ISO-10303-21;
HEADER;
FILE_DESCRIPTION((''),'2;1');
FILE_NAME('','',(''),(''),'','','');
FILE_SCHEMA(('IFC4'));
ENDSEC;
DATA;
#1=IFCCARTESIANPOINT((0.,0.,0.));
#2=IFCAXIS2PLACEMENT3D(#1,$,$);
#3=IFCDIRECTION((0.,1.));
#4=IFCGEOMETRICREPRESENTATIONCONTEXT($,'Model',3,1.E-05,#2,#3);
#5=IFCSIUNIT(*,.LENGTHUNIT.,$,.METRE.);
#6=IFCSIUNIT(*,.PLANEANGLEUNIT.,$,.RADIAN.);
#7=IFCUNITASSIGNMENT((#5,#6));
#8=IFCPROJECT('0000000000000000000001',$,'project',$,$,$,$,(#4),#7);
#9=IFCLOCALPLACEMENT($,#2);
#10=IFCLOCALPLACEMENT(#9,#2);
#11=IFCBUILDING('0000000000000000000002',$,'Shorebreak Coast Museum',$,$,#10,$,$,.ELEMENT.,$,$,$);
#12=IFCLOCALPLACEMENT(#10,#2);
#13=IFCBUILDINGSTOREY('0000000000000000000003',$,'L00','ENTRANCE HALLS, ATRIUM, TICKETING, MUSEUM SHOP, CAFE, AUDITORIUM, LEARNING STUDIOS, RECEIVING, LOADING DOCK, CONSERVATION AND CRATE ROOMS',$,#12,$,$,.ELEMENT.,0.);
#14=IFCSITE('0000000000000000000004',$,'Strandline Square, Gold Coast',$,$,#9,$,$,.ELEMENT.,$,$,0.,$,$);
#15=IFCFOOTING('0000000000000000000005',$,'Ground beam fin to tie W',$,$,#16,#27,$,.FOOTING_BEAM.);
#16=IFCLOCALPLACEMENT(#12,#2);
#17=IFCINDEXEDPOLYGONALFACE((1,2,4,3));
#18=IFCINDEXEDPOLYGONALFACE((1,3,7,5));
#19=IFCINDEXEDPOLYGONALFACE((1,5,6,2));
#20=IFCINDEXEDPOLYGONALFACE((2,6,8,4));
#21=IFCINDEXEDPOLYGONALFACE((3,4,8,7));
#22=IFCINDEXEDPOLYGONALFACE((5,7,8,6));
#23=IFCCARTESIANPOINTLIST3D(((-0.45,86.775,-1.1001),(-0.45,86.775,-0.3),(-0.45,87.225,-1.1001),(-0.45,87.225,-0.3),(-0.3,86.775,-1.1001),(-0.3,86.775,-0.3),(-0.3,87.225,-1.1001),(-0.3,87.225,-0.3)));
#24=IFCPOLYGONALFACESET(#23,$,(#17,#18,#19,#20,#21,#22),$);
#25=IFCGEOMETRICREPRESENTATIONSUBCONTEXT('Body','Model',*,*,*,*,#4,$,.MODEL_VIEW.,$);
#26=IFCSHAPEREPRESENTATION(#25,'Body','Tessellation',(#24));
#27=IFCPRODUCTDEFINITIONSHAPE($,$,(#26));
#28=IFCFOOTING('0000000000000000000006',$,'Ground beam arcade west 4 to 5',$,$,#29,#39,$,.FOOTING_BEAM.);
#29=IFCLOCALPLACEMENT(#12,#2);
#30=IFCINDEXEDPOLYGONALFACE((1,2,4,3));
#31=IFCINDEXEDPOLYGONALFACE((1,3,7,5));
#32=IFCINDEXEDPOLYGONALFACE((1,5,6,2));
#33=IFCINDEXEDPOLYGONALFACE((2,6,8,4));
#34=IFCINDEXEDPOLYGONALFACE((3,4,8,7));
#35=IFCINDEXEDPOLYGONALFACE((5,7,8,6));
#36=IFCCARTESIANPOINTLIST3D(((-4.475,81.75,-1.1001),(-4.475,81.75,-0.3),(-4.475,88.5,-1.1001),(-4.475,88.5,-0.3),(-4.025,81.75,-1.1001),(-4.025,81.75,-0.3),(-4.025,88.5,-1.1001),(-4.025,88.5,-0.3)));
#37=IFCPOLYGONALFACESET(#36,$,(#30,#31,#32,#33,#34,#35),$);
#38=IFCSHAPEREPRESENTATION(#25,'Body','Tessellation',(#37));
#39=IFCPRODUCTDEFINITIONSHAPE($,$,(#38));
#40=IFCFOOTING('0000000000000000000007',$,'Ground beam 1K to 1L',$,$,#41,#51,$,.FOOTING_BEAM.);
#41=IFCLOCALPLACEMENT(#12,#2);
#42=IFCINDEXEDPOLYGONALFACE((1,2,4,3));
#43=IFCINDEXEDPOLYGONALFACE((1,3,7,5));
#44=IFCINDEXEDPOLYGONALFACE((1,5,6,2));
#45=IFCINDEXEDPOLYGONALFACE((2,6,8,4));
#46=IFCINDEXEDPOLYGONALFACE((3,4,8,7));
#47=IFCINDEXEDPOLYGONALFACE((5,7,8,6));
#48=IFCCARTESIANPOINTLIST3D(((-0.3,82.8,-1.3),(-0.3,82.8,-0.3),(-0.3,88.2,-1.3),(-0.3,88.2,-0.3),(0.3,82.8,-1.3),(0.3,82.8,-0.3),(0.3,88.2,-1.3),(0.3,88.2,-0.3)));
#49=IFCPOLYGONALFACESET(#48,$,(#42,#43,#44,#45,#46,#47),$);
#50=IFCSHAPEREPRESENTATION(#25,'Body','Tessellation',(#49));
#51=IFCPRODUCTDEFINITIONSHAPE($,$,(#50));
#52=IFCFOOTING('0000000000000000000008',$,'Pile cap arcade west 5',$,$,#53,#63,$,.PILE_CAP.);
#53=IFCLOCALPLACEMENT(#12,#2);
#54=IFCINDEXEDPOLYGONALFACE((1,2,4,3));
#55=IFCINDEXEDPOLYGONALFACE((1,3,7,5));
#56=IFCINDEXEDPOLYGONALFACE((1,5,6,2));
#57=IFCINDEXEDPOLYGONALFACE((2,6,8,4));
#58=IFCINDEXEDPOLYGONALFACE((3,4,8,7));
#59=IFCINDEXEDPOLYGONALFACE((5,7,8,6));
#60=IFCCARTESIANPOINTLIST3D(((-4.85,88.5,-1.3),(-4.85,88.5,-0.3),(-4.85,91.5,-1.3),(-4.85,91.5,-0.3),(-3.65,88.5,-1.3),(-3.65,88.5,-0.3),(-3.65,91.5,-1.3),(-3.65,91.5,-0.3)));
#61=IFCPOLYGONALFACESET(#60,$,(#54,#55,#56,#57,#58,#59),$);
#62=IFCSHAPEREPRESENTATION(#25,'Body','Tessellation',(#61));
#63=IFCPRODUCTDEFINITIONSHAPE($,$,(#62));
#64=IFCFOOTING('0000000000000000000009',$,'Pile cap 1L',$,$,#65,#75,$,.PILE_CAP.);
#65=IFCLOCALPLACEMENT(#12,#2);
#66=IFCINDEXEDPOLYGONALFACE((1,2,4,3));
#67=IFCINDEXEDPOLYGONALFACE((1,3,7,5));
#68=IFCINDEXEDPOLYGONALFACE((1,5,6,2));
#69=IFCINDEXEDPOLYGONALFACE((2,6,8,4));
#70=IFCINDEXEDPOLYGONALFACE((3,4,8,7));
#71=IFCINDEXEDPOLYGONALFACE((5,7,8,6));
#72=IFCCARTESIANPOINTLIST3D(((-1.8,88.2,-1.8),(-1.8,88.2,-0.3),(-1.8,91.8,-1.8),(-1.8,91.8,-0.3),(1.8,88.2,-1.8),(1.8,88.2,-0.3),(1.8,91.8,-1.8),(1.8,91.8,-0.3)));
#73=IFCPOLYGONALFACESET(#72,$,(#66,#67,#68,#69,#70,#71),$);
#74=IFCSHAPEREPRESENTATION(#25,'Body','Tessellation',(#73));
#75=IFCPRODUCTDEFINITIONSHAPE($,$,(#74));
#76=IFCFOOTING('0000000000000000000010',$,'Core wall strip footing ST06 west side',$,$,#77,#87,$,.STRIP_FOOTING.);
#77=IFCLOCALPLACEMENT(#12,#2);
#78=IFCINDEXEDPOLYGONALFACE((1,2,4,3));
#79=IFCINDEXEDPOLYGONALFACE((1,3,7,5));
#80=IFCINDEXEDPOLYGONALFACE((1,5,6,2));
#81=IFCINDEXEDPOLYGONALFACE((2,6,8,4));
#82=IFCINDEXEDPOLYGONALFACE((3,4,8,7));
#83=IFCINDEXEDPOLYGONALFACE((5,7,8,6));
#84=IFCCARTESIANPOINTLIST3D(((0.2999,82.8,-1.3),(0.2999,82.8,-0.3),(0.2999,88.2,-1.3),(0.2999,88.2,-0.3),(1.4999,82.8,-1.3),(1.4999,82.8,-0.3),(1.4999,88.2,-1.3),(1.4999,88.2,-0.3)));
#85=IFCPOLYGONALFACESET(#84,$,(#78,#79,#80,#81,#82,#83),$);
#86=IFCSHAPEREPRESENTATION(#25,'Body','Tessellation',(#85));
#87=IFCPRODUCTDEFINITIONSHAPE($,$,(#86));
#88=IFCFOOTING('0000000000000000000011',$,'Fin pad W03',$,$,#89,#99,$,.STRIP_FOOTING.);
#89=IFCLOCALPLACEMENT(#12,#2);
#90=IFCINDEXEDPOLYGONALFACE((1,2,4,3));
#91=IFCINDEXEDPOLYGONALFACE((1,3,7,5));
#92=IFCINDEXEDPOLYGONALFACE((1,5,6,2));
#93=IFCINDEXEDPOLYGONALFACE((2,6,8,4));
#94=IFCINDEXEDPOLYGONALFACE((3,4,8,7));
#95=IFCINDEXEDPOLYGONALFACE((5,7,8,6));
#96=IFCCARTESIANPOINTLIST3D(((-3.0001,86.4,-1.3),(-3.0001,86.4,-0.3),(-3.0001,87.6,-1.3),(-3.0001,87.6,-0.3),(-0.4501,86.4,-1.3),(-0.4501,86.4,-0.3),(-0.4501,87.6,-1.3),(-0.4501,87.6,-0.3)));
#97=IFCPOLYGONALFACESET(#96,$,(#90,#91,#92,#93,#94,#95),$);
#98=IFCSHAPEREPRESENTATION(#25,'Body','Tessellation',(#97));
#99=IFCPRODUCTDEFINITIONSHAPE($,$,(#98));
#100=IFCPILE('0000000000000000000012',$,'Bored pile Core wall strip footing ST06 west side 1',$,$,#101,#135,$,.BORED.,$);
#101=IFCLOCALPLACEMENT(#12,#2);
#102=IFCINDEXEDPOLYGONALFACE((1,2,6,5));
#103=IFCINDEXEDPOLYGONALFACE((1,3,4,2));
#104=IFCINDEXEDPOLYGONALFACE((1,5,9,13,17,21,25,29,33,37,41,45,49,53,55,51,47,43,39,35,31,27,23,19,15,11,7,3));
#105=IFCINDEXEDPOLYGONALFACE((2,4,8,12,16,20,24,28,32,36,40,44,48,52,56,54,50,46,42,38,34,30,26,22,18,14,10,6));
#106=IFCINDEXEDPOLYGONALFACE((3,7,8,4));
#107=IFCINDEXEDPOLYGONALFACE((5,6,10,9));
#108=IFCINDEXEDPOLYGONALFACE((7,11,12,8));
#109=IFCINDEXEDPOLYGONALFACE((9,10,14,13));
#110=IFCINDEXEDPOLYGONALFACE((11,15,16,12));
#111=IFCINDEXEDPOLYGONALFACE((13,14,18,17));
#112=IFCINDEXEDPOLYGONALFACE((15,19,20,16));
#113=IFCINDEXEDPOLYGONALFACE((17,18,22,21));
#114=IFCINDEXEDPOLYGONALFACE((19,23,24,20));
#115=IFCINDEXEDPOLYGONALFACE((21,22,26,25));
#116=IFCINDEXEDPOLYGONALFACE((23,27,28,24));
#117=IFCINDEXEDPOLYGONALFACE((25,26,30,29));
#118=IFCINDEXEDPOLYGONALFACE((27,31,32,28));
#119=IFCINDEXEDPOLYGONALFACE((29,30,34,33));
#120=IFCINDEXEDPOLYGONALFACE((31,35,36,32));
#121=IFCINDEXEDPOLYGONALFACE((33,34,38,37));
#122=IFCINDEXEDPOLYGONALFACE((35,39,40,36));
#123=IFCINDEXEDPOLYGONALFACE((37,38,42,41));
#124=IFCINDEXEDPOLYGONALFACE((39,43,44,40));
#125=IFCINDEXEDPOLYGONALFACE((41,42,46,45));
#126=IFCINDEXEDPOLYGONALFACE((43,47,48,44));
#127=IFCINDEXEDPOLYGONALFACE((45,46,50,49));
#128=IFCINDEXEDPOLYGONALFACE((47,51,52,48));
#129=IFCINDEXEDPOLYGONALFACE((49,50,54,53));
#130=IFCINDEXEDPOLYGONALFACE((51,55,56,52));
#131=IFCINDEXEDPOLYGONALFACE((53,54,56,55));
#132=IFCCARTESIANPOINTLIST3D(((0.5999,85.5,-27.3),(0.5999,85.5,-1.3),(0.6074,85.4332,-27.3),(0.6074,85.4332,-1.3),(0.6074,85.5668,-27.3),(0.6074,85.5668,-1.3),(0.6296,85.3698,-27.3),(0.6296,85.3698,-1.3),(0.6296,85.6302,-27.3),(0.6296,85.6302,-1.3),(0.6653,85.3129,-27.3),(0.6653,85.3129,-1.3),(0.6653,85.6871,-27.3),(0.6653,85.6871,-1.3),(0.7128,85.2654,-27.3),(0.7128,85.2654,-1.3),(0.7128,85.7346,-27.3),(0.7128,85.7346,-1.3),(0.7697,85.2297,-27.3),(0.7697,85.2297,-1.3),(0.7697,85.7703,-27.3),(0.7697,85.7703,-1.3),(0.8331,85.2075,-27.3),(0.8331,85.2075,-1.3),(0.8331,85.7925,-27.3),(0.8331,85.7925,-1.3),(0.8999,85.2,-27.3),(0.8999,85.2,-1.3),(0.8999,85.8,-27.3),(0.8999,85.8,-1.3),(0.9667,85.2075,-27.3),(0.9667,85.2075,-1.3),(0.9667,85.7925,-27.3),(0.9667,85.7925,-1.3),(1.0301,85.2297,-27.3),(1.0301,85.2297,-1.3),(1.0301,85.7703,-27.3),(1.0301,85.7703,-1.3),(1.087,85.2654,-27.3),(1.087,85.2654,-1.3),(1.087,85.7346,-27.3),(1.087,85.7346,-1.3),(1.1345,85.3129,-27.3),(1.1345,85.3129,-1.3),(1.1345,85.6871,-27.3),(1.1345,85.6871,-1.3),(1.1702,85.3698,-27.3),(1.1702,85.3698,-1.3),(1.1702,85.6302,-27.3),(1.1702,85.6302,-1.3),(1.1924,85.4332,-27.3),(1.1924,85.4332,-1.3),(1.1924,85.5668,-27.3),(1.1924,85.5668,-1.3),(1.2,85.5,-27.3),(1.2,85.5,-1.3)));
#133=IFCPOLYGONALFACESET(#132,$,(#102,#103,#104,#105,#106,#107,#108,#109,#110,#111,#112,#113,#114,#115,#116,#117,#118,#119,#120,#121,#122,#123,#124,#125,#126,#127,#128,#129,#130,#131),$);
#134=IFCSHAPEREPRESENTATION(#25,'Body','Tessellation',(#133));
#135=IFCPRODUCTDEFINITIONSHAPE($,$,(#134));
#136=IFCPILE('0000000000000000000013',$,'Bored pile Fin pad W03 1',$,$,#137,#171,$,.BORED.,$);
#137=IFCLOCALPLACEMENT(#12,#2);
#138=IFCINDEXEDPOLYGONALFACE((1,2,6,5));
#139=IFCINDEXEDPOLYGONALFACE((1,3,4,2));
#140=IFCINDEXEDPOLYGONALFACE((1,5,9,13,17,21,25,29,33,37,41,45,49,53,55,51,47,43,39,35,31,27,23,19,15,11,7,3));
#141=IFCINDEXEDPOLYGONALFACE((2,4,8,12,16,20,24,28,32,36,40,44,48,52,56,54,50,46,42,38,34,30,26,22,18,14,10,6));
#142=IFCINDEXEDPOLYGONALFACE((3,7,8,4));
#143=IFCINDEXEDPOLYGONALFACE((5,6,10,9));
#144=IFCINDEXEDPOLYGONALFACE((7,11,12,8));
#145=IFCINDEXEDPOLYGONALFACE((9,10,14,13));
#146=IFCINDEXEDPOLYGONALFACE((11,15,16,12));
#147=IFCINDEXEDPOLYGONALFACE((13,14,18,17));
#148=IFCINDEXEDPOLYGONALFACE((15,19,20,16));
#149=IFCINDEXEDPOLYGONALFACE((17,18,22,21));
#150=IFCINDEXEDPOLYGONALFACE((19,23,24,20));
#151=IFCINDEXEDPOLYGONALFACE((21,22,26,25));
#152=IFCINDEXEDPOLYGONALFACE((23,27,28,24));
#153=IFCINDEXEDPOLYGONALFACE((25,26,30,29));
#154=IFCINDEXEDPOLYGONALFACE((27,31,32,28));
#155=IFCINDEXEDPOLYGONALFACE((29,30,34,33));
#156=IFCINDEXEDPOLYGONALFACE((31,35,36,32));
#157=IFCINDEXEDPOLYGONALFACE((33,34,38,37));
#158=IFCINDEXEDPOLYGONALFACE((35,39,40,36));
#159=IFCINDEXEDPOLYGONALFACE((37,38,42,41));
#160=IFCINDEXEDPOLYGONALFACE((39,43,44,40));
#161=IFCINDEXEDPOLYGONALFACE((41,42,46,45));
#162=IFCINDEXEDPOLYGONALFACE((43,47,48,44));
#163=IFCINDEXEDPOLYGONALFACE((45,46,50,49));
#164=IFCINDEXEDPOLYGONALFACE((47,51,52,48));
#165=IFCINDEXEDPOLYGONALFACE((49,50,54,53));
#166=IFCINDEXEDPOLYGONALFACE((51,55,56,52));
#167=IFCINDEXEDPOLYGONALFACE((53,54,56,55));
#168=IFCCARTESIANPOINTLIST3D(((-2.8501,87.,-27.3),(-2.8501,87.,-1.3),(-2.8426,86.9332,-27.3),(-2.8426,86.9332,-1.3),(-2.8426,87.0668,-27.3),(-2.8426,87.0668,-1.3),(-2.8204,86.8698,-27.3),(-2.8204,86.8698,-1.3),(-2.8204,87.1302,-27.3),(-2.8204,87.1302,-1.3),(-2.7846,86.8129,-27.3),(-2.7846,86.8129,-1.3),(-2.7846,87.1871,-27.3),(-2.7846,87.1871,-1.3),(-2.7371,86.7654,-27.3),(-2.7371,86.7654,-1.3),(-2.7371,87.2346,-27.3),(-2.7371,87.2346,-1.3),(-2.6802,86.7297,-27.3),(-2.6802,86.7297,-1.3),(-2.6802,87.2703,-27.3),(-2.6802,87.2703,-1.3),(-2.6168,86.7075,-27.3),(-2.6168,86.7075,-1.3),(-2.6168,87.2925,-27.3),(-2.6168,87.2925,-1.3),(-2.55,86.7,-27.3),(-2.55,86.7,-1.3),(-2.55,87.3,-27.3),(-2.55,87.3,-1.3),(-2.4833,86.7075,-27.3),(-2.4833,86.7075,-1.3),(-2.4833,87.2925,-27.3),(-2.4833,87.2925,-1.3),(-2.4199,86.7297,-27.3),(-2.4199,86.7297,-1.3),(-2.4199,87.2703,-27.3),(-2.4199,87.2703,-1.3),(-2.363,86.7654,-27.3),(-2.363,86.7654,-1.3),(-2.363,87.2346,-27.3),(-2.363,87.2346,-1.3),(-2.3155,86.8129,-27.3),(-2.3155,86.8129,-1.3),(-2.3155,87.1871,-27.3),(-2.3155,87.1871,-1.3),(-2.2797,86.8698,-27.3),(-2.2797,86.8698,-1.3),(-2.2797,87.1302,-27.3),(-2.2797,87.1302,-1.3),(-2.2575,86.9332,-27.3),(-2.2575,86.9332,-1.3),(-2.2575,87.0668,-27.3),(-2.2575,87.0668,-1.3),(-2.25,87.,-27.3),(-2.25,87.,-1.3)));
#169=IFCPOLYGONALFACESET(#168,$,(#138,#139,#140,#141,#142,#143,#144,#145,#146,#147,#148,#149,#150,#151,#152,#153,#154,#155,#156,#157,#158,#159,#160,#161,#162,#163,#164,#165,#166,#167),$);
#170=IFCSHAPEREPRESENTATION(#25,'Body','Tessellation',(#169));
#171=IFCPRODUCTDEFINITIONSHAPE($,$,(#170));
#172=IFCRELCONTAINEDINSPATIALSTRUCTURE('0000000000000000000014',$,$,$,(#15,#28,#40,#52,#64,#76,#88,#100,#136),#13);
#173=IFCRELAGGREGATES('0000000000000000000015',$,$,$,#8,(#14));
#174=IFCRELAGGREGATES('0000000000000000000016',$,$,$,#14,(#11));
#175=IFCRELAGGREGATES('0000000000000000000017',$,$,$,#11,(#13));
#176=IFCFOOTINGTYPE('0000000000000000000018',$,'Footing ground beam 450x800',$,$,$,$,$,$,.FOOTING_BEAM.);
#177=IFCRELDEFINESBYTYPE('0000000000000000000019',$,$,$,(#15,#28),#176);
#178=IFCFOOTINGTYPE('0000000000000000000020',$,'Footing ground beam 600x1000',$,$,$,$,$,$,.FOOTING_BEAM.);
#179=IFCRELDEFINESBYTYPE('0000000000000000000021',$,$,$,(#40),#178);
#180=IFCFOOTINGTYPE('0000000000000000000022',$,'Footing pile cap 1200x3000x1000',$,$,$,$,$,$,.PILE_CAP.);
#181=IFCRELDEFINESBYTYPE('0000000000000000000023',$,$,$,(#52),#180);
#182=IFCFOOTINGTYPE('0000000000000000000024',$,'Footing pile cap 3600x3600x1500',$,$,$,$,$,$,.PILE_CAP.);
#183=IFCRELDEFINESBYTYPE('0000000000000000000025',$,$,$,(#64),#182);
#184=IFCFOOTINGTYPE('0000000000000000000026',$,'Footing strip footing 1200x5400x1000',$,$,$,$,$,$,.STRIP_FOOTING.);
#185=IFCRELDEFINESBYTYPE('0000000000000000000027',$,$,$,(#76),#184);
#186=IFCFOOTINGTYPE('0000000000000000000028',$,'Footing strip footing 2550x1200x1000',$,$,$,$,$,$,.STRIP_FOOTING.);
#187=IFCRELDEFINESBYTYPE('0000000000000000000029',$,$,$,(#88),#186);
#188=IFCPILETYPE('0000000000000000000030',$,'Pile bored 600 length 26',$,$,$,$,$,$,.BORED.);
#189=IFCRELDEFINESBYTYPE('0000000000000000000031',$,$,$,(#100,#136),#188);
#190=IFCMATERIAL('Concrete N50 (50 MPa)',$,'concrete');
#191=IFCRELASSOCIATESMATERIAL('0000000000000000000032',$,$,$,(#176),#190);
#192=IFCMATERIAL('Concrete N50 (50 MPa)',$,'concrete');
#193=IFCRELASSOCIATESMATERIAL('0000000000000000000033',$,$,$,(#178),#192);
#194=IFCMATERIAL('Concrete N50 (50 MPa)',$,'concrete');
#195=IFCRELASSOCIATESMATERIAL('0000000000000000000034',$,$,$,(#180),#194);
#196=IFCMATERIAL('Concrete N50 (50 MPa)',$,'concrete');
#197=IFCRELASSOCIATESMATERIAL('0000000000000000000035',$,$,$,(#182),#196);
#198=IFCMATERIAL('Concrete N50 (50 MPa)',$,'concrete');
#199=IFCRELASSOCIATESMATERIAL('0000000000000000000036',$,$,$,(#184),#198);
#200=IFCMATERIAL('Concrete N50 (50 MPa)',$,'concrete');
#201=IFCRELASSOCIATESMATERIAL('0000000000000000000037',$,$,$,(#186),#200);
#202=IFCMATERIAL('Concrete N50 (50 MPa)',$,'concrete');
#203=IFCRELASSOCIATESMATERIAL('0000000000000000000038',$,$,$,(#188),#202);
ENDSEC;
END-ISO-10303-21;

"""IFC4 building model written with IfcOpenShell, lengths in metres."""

from ifc_helpers import new_model, si_unit, direction, frame, origin, origin_2d, place, context, subcontext, project, spatial, rectangle, circle, extrude, material, material_profile, profile_set, type_object, element, save


model = new_model("IFC4")

# Units and contexts
model_context = context("Model", 3, precision=1e-05, world=origin(), true_north=direction((0.0, 1.0)))
body_context = subcontext(model_context, "Body", "Model", "MODEL_VIEW")
ifc_project = project(units=[si_unit("LENGTHUNIT", "METRE"), si_unit("PLANEANGLEUNIT", "RADIAN")], contexts=[model_context])

# Site, building, storey
site_placement = place(None, origin())
site = spatial("IfcSite", under=ifc_project, at=site_placement, Name="Strandline Square, Gold Coast", CompositionType="ELEMENT", RefElevation=0.0)
building_placement = place(site_placement, origin())
building = spatial("IfcBuilding", under=site, at=building_placement, Name="Shorebreak Coast Museum", CompositionType="ELEMENT")
storey_placement = place(building_placement, origin())
storey = spatial("IfcBuildingStorey", under=building, at=storey_placement, Name="L00", Description="ENTRANCE HALLS, ATRIUM, TICKETING, MUSEUM SHOP, CAFE, AUDITORIUM, LEARNING STUDIOS, RECEIVING, LOADING DOCK, CONSERVATION AND CRATE ROOMS", CompositionType="ELEMENT", Elevation=0.0)

# Footings
ifc_material_1 = material(Name="Concrete N50 (50 MPa)", Category="concrete")
footing_type_1 = type_object("IfcFootingType", Name="Footing ground beam 450x800", PredefinedType="FOOTING_BEAM", material=ifc_material_1)
footing_1_placement = place(storey_placement, frame((-0.375, 87.0, -1.1001), z_axis=(0.0, 0.0, 1.0), x_axis=(1.0, 0.0, 0.0)))
element("IfcFooting", 1, at=footing_1_placement, inside=storey, type_object=footing_type_1, Name="Ground beam fin to tie W", PredefinedType="FOOTING_BEAM", context=body_context, shape_type="SweptSolid", body=[
    extrude(rectangle(XDim=0.1499, YDim=0.45, at=origin_2d()), origin(), (0.0, 0.0, 1.0), 0.8),
])
footing_2_placement = place(storey_placement, frame((-4.25, 85.125, -1.1001), z_axis=(0.0, 0.0, 1.0), x_axis=(1.0, 0.0, 0.0)))
element("IfcFooting", 2, at=footing_2_placement, inside=storey, type_object=footing_type_1, Name="Ground beam arcade west 4 to 5", PredefinedType="FOOTING_BEAM", context=body_context, shape_type="SweptSolid", body=[
    extrude(rectangle(XDim=0.45, YDim=6.75, at=origin_2d()), origin(), (0.0, 0.0, 1.0), 0.8),
])
ifc_material_2 = material(Name="Concrete N50 (50 MPa)", Category="concrete")
footing_type_2 = type_object("IfcFootingType", Name="Footing ground beam 600x1000", PredefinedType="FOOTING_BEAM", material=ifc_material_2)
footing_3_placement = place(storey_placement, frame((0.0, 85.5, -1.3), z_axis=(0.0, 0.0, 1.0), x_axis=(1.0, 0.0, 0.0)))
element("IfcFooting", 3, at=footing_3_placement, inside=storey, type_object=footing_type_2, Name="Ground beam 1K to 1L", PredefinedType="FOOTING_BEAM", context=body_context, shape_type="SweptSolid", body=[
    extrude(rectangle(XDim=0.6001, YDim=5.3999, at=origin_2d()), origin(), (0.0, 0.0, 1.0), 1.0),
])
ifc_material_3 = material(Name="Concrete N50 (50 MPa)", Category="concrete")
footing_type_3 = type_object("IfcFootingType", Name="Footing pile cap 1200x3000x1000", PredefinedType="PILE_CAP", material=ifc_material_3)
footing_4_placement = place(storey_placement, frame((-4.25, 90.0, -1.3), z_axis=(0.0, 0.0, 1.0), x_axis=(1.0, 0.0, 0.0)))
element("IfcFooting", 4, at=footing_4_placement, inside=storey, type_object=footing_type_3, Name="Pile cap arcade west 5", PredefinedType="PILE_CAP", context=body_context, shape_type="SweptSolid", body=[
    extrude(rectangle(XDim=1.2, YDim=3.0, at=origin_2d()), origin(), (0.0, 0.0, 1.0), 1.0),
])
ifc_material_4 = material(Name="Concrete N50 (50 MPa)", Category="concrete")
footing_type_4 = type_object("IfcFootingType", Name="Footing pile cap 3600x3600x1500", PredefinedType="PILE_CAP", material=ifc_material_4)
footing_5_placement = place(storey_placement, frame((0.0, 90.0, -1.8), z_axis=(0.0, 0.0, 1.0), x_axis=(1.0, 0.0, 0.0)))
element("IfcFooting", 5, at=footing_5_placement, inside=storey, type_object=footing_type_4, Name="Pile cap 1L", PredefinedType="PILE_CAP", context=body_context, shape_type="SweptSolid", body=[
    extrude(rectangle(XDim=3.6001, YDim=3.6001, at=origin_2d()), origin(), (0.0, 0.0, 1.0), 1.5),
])
ifc_material_5 = material(Name="Concrete N50 (50 MPa)", Category="concrete")
footing_type_5 = type_object("IfcFootingType", Name="Footing strip footing 1200x5400x1000", PredefinedType="STRIP_FOOTING", material=ifc_material_5)
footing_6_placement = place(storey_placement, frame((0.8999, 85.5, -1.3), z_axis=(0.0, 0.0, 1.0), x_axis=(1.0, 0.0, 0.0)))
element("IfcFooting", 6, at=footing_6_placement, inside=storey, type_object=footing_type_5, Name="Core wall strip footing ST06 west side", PredefinedType="STRIP_FOOTING", context=body_context, shape_type="SweptSolid", body=[
    extrude(rectangle(XDim=1.2, YDim=5.3999, at=origin_2d()), origin(), (0.0, 0.0, 1.0), 1.0),
])
ifc_material_6 = material(Name="Concrete N50 (50 MPa)", Category="concrete")
footing_type_6 = type_object("IfcFootingType", Name="Footing strip footing 2550x1200x1000", PredefinedType="STRIP_FOOTING", material=ifc_material_6)
footing_7_placement = place(storey_placement, frame((-1.7251, 87.0, -1.3), z_axis=(0.0, 0.0, 1.0), x_axis=(1.0, 0.0, 0.0)))
element("IfcFooting", 7, at=footing_7_placement, inside=storey, type_object=footing_type_6, Name="Fin pad W03", PredefinedType="STRIP_FOOTING", context=body_context, shape_type="SweptSolid", body=[
    extrude(rectangle(XDim=2.55, YDim=1.2, at=origin_2d()), origin(), (0.0, 0.0, 1.0), 1.0),
])

# Piles
ifc_material_7 = material(Name="Concrete N50 (50 MPa)", Category="concrete")
ifc_material_profile_1 = material_profile(ifc_material_7, circle(Radius=0.3, at=origin_2d()), Name="Pile bored 600 length 26")
ifc_profile_set_1 = profile_set([ifc_material_profile_1], Name="Concrete N50 (50 MPa)")
pile_type_1 = type_object("IfcPileType", Name="Pile bored 600 length 26", PredefinedType="BORED", material=ifc_profile_set_1)
for number, where, z_axis, x_axis, name in (
    (8, (0.8999, 85.5, -1.3), (0.0, 0.0, -1.0), (1.0, 0.0, 0.0), "Bored pile Core wall strip footing ST06 west side 1"),
    (9, (-2.55, 87.0, -1.3), (0.0, 0.0, -1.0), (1.0, 0.0, 0.0), "Bored pile Fin pad W03 1"),
):
    element("IfcPile", number, at=place(storey_placement, frame(where, z_axis=z_axis, x_axis=x_axis)), inside=storey, type_object=pile_type_1, Name=name, PredefinedType="BORED", context=body_context, shape_type="SweptSolid", body=[
        extrude(circle(Radius=0.3, at=origin_2d()), origin(), (0.0, 0.0, 1.0), 26.0),
    ])

save(model, "model.ifc")
